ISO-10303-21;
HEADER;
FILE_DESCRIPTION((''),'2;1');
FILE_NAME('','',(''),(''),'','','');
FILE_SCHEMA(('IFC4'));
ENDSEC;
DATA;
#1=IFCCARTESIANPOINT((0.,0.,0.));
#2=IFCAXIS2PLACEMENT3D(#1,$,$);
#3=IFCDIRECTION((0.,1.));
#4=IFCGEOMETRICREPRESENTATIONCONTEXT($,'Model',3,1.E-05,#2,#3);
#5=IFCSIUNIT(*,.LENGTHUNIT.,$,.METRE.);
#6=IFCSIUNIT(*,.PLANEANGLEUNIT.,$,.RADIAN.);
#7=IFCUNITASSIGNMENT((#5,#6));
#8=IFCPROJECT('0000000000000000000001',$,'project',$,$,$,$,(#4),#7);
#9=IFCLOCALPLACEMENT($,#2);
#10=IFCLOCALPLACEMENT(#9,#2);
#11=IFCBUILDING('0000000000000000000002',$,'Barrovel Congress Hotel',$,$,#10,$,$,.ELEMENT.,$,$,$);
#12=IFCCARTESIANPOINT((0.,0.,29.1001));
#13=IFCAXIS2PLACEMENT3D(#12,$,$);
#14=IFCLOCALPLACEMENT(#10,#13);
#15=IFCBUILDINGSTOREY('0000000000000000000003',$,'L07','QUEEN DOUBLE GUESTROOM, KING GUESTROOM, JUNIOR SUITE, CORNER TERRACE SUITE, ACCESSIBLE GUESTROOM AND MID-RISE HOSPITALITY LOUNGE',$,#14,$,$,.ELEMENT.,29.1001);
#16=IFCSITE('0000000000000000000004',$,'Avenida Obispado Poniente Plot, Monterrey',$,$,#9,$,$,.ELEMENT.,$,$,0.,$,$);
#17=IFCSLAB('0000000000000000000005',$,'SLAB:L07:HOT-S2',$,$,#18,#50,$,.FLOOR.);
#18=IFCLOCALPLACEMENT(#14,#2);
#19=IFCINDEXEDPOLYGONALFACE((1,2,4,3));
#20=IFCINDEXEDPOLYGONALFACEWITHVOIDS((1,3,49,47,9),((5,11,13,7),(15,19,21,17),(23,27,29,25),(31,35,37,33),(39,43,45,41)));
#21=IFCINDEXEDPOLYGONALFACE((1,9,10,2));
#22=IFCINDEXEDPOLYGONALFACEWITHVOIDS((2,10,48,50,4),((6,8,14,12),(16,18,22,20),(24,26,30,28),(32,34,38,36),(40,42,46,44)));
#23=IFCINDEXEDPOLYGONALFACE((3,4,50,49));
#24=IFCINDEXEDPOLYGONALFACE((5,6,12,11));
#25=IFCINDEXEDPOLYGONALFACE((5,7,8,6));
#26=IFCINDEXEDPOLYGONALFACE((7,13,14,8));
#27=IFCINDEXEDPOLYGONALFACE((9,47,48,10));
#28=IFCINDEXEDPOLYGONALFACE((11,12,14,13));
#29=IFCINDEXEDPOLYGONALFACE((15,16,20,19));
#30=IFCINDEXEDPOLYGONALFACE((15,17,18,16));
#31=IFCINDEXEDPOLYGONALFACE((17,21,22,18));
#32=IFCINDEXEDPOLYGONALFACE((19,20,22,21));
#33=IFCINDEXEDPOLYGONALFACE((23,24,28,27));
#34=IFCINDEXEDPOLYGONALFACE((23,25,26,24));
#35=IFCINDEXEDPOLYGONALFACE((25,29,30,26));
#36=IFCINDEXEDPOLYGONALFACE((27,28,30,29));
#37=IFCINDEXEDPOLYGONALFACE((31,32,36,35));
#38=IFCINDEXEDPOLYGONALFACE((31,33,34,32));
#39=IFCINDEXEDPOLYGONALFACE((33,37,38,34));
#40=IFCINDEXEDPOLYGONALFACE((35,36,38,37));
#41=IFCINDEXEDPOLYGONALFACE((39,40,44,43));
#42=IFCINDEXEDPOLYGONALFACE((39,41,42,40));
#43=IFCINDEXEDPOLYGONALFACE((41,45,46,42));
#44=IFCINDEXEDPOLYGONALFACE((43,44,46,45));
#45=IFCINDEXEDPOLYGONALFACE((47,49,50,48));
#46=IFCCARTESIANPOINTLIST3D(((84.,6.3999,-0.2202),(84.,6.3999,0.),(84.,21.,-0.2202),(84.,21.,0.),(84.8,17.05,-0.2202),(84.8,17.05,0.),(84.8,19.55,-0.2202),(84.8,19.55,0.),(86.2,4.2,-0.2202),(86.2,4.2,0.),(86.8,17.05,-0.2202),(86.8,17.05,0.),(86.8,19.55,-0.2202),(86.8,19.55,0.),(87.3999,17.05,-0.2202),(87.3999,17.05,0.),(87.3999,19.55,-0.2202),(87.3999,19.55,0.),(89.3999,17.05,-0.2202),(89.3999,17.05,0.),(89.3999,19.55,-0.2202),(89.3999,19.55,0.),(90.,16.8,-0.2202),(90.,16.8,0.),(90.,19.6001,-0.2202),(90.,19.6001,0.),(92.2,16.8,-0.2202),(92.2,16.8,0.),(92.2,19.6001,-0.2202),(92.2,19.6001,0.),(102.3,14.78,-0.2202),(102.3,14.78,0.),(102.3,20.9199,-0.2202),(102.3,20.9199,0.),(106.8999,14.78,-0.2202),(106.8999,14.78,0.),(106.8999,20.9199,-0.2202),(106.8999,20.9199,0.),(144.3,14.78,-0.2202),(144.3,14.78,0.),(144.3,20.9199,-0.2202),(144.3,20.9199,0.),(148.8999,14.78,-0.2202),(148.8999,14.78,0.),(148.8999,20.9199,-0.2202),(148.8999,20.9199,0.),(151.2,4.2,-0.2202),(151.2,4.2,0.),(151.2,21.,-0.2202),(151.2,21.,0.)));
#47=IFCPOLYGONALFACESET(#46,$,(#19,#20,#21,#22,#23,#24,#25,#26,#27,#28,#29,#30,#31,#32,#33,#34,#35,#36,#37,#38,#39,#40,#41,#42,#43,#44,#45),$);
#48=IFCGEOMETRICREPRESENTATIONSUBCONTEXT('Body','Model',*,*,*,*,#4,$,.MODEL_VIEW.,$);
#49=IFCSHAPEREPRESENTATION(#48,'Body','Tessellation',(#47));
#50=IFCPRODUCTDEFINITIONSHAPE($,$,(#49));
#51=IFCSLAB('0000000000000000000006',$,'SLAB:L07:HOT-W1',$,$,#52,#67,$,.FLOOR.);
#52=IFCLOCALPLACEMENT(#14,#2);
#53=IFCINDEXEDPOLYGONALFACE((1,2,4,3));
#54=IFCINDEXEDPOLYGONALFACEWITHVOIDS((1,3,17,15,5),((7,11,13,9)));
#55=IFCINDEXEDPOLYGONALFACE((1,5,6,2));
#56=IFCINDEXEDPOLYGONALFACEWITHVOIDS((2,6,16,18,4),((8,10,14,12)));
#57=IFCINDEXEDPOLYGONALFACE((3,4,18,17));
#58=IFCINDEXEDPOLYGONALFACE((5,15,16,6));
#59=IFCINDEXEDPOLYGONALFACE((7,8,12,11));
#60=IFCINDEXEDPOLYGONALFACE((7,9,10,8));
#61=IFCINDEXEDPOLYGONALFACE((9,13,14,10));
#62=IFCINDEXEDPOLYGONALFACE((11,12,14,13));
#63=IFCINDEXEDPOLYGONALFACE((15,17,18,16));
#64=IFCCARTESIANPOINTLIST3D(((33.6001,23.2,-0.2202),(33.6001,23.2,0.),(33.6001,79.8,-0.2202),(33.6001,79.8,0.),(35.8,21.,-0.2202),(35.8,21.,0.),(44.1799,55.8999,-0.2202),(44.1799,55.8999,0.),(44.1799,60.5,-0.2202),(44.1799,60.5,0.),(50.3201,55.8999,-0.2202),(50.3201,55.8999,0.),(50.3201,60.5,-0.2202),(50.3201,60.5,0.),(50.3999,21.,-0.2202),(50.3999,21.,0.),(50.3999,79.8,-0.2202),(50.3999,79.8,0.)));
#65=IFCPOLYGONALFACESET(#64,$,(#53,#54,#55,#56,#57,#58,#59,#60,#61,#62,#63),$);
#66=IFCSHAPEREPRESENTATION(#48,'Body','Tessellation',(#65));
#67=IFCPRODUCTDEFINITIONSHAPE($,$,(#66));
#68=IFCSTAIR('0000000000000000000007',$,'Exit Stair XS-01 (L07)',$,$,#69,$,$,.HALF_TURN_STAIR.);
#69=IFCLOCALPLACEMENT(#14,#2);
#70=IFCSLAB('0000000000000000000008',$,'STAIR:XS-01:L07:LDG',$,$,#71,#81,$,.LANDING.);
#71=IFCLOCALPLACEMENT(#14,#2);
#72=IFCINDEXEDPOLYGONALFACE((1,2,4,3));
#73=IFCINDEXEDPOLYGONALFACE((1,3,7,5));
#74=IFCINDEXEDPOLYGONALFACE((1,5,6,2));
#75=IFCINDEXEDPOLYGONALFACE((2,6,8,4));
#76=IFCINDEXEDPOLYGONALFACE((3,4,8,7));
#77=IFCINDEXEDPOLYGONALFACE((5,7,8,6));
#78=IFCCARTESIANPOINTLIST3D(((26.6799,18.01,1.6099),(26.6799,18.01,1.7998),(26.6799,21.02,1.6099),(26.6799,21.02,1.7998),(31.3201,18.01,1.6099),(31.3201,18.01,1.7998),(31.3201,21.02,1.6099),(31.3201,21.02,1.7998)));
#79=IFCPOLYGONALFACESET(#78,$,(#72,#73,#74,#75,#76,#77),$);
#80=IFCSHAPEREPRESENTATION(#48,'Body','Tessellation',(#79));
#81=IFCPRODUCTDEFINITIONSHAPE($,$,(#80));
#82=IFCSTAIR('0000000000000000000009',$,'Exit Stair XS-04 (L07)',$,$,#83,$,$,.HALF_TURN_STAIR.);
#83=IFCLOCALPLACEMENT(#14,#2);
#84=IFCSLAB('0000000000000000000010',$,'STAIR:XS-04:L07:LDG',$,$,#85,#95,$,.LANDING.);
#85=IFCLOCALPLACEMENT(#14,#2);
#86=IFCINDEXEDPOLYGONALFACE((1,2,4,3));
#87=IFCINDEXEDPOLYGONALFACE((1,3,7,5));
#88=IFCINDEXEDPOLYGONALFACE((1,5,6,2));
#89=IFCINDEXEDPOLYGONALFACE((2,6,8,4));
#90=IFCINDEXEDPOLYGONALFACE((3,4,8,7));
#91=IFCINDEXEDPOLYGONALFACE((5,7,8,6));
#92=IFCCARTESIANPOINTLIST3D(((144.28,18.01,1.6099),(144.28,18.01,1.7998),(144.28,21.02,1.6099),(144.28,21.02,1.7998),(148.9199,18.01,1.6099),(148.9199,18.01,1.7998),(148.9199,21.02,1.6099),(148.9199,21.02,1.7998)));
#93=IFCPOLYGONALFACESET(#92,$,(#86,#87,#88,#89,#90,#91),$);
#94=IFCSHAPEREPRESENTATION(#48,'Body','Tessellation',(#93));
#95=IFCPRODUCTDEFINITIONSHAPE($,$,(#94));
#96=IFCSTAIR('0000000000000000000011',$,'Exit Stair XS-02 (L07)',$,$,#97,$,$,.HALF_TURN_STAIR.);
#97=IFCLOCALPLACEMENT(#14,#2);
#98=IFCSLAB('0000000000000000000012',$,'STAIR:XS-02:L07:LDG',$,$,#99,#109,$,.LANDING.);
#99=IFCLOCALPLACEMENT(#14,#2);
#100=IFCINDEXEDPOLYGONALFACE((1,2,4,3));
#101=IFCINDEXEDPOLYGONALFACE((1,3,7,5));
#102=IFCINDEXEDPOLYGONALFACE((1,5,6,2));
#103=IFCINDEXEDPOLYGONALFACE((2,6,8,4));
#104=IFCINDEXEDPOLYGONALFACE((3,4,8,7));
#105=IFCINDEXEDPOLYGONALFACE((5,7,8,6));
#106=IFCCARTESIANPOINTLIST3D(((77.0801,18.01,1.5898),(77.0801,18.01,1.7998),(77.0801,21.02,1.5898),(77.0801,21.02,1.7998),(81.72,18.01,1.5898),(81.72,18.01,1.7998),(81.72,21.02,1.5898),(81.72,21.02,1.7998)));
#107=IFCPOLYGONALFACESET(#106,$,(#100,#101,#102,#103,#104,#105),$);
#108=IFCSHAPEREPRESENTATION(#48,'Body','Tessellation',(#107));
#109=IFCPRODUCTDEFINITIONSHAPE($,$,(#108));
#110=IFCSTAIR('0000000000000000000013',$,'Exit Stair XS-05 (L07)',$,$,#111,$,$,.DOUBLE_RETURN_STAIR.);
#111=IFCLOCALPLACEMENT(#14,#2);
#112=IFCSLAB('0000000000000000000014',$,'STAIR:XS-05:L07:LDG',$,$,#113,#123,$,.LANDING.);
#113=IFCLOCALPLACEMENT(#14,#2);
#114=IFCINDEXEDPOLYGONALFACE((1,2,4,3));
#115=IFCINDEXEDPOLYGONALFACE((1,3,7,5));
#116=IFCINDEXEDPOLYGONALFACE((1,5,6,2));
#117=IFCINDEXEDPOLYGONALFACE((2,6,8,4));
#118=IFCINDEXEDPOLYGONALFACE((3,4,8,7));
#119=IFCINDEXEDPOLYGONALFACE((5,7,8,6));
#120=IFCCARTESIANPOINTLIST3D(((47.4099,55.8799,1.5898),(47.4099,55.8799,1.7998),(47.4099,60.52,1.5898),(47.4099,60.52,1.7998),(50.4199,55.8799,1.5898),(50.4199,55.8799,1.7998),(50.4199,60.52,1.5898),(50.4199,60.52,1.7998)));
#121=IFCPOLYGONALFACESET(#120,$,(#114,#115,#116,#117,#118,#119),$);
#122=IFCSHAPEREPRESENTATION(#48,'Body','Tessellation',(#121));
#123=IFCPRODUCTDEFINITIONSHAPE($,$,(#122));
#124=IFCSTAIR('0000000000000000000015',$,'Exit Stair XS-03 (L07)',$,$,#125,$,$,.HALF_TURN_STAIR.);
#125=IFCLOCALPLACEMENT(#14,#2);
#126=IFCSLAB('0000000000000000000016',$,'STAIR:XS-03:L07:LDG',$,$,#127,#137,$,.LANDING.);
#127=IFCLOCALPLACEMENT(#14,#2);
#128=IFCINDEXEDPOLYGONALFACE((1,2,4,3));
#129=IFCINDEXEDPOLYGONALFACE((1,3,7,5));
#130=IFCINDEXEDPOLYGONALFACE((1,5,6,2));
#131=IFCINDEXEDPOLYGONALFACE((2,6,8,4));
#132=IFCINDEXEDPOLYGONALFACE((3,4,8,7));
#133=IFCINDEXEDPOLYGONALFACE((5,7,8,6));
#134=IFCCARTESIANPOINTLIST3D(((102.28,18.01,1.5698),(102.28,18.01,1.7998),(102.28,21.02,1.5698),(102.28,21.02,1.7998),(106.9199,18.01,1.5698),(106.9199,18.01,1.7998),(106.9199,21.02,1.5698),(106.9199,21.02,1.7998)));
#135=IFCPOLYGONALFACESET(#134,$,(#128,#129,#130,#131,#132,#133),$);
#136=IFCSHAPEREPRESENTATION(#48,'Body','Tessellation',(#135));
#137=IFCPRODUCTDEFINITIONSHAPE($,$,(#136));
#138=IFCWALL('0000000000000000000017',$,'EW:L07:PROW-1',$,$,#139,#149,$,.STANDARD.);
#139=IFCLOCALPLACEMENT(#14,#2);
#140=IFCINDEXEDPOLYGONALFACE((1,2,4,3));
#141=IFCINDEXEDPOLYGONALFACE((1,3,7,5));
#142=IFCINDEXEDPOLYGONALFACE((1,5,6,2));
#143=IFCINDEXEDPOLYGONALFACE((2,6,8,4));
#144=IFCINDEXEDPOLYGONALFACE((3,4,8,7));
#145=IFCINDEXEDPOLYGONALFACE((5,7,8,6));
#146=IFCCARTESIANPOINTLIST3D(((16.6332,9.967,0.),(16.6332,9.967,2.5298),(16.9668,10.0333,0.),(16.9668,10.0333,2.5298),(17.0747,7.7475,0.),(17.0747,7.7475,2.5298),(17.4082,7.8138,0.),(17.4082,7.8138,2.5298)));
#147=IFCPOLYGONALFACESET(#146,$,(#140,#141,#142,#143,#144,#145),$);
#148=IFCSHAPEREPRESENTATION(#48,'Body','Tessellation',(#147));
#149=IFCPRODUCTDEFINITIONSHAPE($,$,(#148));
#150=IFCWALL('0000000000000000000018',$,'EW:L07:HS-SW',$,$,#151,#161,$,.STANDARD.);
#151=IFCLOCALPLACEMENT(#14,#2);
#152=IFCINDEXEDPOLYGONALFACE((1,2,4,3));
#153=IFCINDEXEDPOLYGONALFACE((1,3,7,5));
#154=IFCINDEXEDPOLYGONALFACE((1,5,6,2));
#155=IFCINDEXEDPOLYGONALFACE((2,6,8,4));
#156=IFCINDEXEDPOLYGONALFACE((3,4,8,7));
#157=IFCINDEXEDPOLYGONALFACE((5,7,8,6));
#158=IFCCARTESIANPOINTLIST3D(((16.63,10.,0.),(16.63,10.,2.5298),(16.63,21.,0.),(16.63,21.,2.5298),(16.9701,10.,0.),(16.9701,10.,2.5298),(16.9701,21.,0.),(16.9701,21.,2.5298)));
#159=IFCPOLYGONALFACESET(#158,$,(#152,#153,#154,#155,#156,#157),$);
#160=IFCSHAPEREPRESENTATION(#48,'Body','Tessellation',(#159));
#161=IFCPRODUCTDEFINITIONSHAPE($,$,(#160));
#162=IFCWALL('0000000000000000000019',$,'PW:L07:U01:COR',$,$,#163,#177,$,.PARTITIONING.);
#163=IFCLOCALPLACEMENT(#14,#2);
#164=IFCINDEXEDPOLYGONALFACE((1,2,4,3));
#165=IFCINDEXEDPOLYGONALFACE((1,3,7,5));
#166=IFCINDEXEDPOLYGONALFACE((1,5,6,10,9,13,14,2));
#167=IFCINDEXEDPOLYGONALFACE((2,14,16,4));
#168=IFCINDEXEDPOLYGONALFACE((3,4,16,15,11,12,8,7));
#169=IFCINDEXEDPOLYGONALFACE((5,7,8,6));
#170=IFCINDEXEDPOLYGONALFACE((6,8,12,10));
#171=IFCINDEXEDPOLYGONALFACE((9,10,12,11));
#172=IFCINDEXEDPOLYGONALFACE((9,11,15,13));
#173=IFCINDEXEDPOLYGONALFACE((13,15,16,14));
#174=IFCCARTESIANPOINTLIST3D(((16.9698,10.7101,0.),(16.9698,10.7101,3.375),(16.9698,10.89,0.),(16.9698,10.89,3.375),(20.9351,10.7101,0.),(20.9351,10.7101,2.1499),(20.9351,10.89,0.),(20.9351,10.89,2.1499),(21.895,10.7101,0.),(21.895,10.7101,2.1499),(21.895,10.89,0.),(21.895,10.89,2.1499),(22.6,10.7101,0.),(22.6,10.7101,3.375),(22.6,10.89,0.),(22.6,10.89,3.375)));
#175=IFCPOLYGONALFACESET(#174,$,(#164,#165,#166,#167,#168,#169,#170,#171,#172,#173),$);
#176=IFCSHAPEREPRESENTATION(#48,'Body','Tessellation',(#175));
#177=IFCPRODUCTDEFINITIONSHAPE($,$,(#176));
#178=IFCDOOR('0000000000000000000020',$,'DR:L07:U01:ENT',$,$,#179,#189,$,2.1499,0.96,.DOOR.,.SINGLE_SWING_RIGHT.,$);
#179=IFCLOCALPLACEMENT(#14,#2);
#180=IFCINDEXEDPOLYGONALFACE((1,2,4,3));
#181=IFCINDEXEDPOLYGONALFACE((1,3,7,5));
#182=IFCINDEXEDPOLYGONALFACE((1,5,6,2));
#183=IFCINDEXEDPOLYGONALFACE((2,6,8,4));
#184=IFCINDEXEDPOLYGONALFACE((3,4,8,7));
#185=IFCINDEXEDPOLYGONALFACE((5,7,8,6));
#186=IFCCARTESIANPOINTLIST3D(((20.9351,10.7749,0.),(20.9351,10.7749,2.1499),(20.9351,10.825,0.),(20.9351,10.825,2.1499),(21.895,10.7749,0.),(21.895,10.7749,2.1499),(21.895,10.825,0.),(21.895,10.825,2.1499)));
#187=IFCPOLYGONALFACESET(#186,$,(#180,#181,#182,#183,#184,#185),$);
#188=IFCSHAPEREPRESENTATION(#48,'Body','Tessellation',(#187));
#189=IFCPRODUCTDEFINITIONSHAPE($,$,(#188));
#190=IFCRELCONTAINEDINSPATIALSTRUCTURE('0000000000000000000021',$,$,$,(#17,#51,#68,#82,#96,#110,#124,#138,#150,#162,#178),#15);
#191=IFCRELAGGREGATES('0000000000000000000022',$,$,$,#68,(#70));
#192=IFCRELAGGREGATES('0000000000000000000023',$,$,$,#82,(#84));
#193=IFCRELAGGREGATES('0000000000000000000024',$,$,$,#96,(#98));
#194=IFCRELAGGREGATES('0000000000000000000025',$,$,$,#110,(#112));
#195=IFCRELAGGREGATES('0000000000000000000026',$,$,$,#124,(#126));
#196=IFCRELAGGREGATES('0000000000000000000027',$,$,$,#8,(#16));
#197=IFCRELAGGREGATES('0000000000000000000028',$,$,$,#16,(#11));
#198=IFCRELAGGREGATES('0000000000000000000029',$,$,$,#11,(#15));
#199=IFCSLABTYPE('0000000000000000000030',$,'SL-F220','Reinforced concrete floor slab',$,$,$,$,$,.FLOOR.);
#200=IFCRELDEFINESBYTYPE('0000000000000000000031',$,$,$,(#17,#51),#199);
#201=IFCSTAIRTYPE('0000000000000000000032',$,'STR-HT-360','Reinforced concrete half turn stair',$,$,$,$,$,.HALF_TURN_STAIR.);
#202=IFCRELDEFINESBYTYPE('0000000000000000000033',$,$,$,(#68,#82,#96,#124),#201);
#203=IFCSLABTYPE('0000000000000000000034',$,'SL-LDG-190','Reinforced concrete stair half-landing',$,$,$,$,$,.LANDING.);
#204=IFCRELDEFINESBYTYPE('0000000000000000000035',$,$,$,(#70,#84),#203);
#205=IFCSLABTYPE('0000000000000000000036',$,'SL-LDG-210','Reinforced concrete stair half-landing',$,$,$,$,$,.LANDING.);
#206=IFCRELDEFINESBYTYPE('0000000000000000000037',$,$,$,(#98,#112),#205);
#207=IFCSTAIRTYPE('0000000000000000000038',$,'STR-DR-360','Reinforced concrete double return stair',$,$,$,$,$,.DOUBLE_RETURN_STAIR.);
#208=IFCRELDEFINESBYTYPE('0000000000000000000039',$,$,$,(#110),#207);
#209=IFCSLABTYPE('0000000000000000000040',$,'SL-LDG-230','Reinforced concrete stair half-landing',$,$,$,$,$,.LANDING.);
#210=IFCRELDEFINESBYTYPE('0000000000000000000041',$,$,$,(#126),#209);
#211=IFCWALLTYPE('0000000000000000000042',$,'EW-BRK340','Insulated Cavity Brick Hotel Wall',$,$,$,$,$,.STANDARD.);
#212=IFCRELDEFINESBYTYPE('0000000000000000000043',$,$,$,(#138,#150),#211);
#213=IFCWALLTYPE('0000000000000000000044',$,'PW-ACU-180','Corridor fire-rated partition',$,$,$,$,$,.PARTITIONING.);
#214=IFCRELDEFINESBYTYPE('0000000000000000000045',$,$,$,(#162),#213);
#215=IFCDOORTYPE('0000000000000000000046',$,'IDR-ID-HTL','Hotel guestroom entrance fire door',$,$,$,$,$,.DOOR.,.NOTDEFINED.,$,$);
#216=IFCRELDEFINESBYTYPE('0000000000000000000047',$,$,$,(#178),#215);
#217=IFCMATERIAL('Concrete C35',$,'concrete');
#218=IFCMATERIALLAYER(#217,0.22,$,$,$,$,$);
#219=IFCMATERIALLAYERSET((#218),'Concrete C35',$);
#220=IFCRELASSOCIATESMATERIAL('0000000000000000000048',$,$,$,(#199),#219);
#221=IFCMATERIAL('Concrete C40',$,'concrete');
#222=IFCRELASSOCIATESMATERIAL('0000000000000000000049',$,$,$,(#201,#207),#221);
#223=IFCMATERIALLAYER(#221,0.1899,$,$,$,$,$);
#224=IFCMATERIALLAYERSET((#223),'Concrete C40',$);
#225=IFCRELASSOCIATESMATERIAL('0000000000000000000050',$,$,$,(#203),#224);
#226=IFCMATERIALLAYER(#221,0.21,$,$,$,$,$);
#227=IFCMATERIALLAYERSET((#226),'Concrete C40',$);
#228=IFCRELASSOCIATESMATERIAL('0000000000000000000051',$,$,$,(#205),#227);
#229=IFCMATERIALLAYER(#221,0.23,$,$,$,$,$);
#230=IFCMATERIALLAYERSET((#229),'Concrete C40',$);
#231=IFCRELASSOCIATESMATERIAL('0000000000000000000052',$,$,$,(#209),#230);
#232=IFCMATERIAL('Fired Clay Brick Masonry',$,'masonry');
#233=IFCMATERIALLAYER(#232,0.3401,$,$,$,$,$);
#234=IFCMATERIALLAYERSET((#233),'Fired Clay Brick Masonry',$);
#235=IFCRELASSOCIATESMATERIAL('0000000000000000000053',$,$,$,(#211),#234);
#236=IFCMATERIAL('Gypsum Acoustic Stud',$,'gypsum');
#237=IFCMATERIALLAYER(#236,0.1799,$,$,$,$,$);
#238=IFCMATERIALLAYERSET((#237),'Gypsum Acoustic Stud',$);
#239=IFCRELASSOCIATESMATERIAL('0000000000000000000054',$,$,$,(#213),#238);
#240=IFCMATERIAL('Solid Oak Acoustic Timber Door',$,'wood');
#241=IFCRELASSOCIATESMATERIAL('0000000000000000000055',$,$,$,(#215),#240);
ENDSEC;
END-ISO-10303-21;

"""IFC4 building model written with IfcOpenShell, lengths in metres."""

from ifc_helpers import new_model, si_unit, direction, frame, frame_2d, origin, place, context, subcontext, project, spatial, polyline, rectangle, outline, extrude, material, layer, layer_set, type_object, element, fill, aggregate, save


model = new_model("IFC4")

# Units and contexts
model_context = context("Model", 3, precision=1e-05, world=origin(), true_north=direction((0.0, 1.0)))
body_context = subcontext(model_context, "Body", "Model", "MODEL_VIEW")
ifc_project = project(units=[si_unit("LENGTHUNIT", "METRE"), si_unit("PLANEANGLEUNIT", "RADIAN")], contexts=[model_context])

# Site, building, storey
site_placement = place(None, origin())
site = spatial("IfcSite", under=ifc_project, at=site_placement, Name="Avenida Obispado Poniente Plot, Monterrey", CompositionType="ELEMENT", RefElevation=0.0)
building_placement = place(site_placement, origin())
building = spatial("IfcBuilding", under=site, at=building_placement, Name="Barrovel Congress Hotel", CompositionType="ELEMENT")
storey_placement = place(building_placement, frame((0.0, 0.0, 29.1001)))
storey = spatial("IfcBuildingStorey", under=building, at=storey_placement, Name="L07", Description="QUEEN DOUBLE GUESTROOM, KING GUESTROOM, JUNIOR SUITE, CORNER TERRACE SUITE, ACCESSIBLE GUESTROOM AND MID-RISE HOSPITALITY LOUNGE", CompositionType="ELEMENT", Elevation=29.1001)

# Shared definitions
ifc_material_1 = material(Name="Concrete C40", Category="concrete")

# Slabs
ifc_material_2 = material(Name="Concrete C35", Category="concrete")
ifc_layer_1 = layer(ifc_material_2, 0.22)
ifc_layer_set_1 = layer_set([ifc_layer_1], Name="Concrete C35")
slab_type_1 = type_object("IfcSlabType", Name="SL-F220", Description="Reinforced concrete floor slab", PredefinedType="FLOOR", material=ifc_layer_set_1)
slab_1_placement = place(storey_placement, frame((0.0, 0.0, -0.2202)))
element("IfcSlab", 1, at=slab_1_placement, inside=storey, type_object=slab_type_1, Name="SLAB:L07:HOT-S2", PredefinedType="FLOOR", context=body_context, shape_type="SweptSolid", body=[
    extrude(outline(polyline([(86.2, 4.2), (151.2, 4.2), (151.2, 21.0), (84.0, 21.0), (84.0, 6.3999), (86.2, 4.2)]), holes=[polyline([(102.3, 14.78), (102.3, 20.9199), (106.8999, 20.9199), (106.8999, 14.78), (102.3, 14.78)]), polyline([(144.3, 14.78), (144.3, 20.9199), (148.8999, 20.9199), (148.8999, 14.78), (144.3, 14.78)]), polyline([(84.8, 17.05), (84.8, 19.55), (86.8, 19.55), (86.8, 17.05), (84.8, 17.05)]), polyline([(87.3999, 17.05), (87.3999, 19.55), (89.3999, 19.55), (89.3999, 17.05), (87.3999, 17.05)]), polyline([(90.0, 16.8), (90.0, 19.6001), (92.2, 19.6001), (92.2, 16.8), (90.0, 16.8)])]), origin(), (0.0, 0.0, 1.0), 0.2202),
])
slab_2_placement = place(storey_placement, frame((0.0, 0.0, -0.2202)))
element("IfcSlab", 2, at=slab_2_placement, inside=storey, type_object=slab_type_1, Name="SLAB:L07:HOT-W1", PredefinedType="FLOOR", context=body_context, shape_type="SweptSolid", body=[
    extrude(outline(polyline([(35.8, 21.0), (50.3999, 21.0), (50.3999, 79.8), (33.6001, 79.8), (33.6001, 23.2), (35.8, 21.0)]), holes=[polyline([(44.1799, 55.8999), (44.1799, 60.5), (50.3201, 60.5), (50.3201, 55.8999), (44.1799, 55.8999)])]), origin(), (0.0, 0.0, 1.0), 0.2202),
])

# Stairs, slabs
stair_type_1 = type_object("IfcStairType", Name="STR-HT-360", Description="Reinforced concrete half turn stair", PredefinedType="HALF_TURN_STAIR", material=ifc_material_1)
stair_1_placement = place(storey_placement, origin())
stair_1 = element("IfcStair", 3, at=stair_1_placement, inside=storey, type_object=stair_type_1, Name="Exit Stair XS-01 (L07)", PredefinedType="HALF_TURN_STAIR")
ifc_layer_2 = layer(ifc_material_1, 0.1899)
ifc_layer_set_2 = layer_set([ifc_layer_2], Name="Concrete C40")
slab_type_2 = type_object("IfcSlabType", Name="SL-LDG-190", Description="Reinforced concrete stair half-landing", PredefinedType="LANDING", material=ifc_layer_set_2)
slab_3_placement = place(storey_placement, frame((0.0, 0.0, 1.6099)))
slab_3 = element("IfcSlab", 4, at=slab_3_placement, type_object=slab_type_2, Name="STAIR:XS-01:L07:LDG", PredefinedType="LANDING", context=body_context, shape_type="SweptSolid", body=[
    extrude(outline(polyline([(26.6799, 18.01), (31.3201, 18.01), (31.3201, 21.02), (26.6799, 21.02), (26.6799, 18.01)])), origin(), (0.0, 0.0, 1.0), 0.1899),
])
aggregate(stair_1, [slab_3])
stair_2_placement = place(storey_placement, origin())
stair_2 = element("IfcStair", 5, at=stair_2_placement, inside=storey, type_object=stair_type_1, Name="Exit Stair XS-04 (L07)", PredefinedType="HALF_TURN_STAIR")
slab_4_placement = place(storey_placement, frame((0.0, 0.0, 1.6099)))
slab_4 = element("IfcSlab", 6, at=slab_4_placement, type_object=slab_type_2, Name="STAIR:XS-04:L07:LDG", PredefinedType="LANDING", context=body_context, shape_type="SweptSolid", body=[
    extrude(outline(polyline([(144.28, 18.01), (148.9199, 18.01), (148.9199, 21.02), (144.28, 21.02), (144.28, 18.01)])), origin(), (0.0, 0.0, 1.0), 0.1899),
])
aggregate(stair_2, [slab_4])
stair_3_placement = place(storey_placement, origin())
stair_3 = element("IfcStair", 7, at=stair_3_placement, inside=storey, type_object=stair_type_1, Name="Exit Stair XS-02 (L07)", PredefinedType="HALF_TURN_STAIR")
ifc_layer_3 = layer(ifc_material_1, 0.21)
ifc_layer_set_3 = layer_set([ifc_layer_3], Name="Concrete C40")
slab_type_3 = type_object("IfcSlabType", Name="SL-LDG-210", Description="Reinforced concrete stair half-landing", PredefinedType="LANDING", material=ifc_layer_set_3)
slab_5_placement = place(storey_placement, frame((0.0, 0.0, 1.5898)))
slab_5 = element("IfcSlab", 8, at=slab_5_placement, type_object=slab_type_3, Name="STAIR:XS-02:L07:LDG", PredefinedType="LANDING", context=body_context, shape_type="SweptSolid", body=[
    extrude(outline(polyline([(77.0801, 18.01), (81.72, 18.01), (81.72, 21.02), (77.0801, 21.02), (77.0801, 18.01)])), origin(), (0.0, 0.0, 1.0), 0.21),
])
aggregate(stair_3, [slab_5])
stair_type_2 = type_object("IfcStairType", Name="STR-DR-360", Description="Reinforced concrete double return stair", PredefinedType="DOUBLE_RETURN_STAIR", material=ifc_material_1)
stair_4_placement = place(storey_placement, origin())
stair_4 = element("IfcStair", 9, at=stair_4_placement, inside=storey, type_object=stair_type_2, Name="Exit Stair XS-05 (L07)", PredefinedType="DOUBLE_RETURN_STAIR")
slab_6_placement = place(storey_placement, frame((0.0, 0.0, 1.5898)))
slab_6 = element("IfcSlab", 10, at=slab_6_placement, type_object=slab_type_3, Name="STAIR:XS-05:L07:LDG", PredefinedType="LANDING", context=body_context, shape_type="SweptSolid", body=[
    extrude(outline(polyline([(47.4099, 55.8799), (50.4199, 55.8799), (50.4199, 60.52), (47.4099, 60.52), (47.4099, 55.8799)])), origin(), (0.0, 0.0, 1.0), 0.21),
])
aggregate(stair_4, [slab_6])
stair_5_placement = place(storey_placement, origin())
stair_5 = element("IfcStair", 11, at=stair_5_placement, inside=storey, type_object=stair_type_1, Name="Exit Stair XS-03 (L07)", PredefinedType="HALF_TURN_STAIR")
ifc_layer_4 = layer(ifc_material_1, 0.23)
ifc_layer_set_4 = layer_set([ifc_layer_4], Name="Concrete C40")
slab_type_4 = type_object("IfcSlabType", Name="SL-LDG-230", Description="Reinforced concrete stair half-landing", PredefinedType="LANDING", material=ifc_layer_set_4)
slab_7_placement = place(storey_placement, frame((0.0, 0.0, 1.5698)))
slab_7 = element("IfcSlab", 12, at=slab_7_placement, type_object=slab_type_4, Name="STAIR:XS-03:L07:LDG", PredefinedType="LANDING", context=body_context, shape_type="SweptSolid", body=[
    extrude(outline(polyline([(102.28, 18.01), (106.9199, 18.01), (106.9199, 21.02), (102.28, 21.02), (102.28, 18.01)])), origin(), (0.0, 0.0, 1.0), 0.23),
])
aggregate(stair_5, [slab_7])

# Walls
ifc_material_3 = material(Name="Fired Clay Brick Masonry", Category="masonry")
ifc_layer_5 = layer(ifc_material_3, 0.3401)
ifc_layer_set_5 = layer_set([ifc_layer_5], Name="Fired Clay Brick Masonry")
wall_type_1 = type_object("IfcWallType", Name="EW-BRK340", Description="Insulated Cavity Brick Hotel Wall", PredefinedType="STANDARD", material=ifc_layer_set_5)
wall_1_placement = place(storey_placement, frame((16.8, 10.0, 0.0), z_axis=(0.0, 0.0, 1.0), x_axis=(0.195058, -0.980792, 0.0)))
element("IfcWall", 13, at=wall_1_placement, inside=storey, type_object=wall_type_1, Name="EW:L07:PROW-1", PredefinedType="STANDARD", context=body_context, shape_type="SweptSolid", body=[
    extrude(rectangle(XDim=2.2629, YDim=0.3401, at=frame_2d((1.1313, 0.0))), origin(), (0.0, 0.0, 1.0), 2.5298),
])
wall_2_placement = place(storey_placement, frame((16.8, 21.0, 0.0), z_axis=(0.0, 0.0, 1.0), x_axis=(0.0, -1.0, 0.0)))
element("IfcWall", 14, at=wall_2_placement, inside=storey, type_object=wall_type_1, Name="EW:L07:HS-SW", PredefinedType="STANDARD", context=body_context, shape_type="SweptSolid", body=[
    extrude(rectangle(XDim=11.0, YDim=0.3401, at=frame_2d((5.5, 0.0))), origin(), (0.0, 0.0, 1.0), 2.5298),
])

# Wall, opening, door
ifc_material_4 = material(Name="Gypsum Acoustic Stud", Category="gypsum")
ifc_layer_6 = layer(ifc_material_4, 0.1799)
ifc_layer_set_6 = layer_set([ifc_layer_6], Name="Gypsum Acoustic Stud")
wall_type_2 = type_object("IfcWallType", Name="PW-ACU-180", Description="Corridor fire-rated partition", PredefinedType="PARTITIONING", material=ifc_layer_set_6)
wall_3_placement = place(storey_placement, frame((16.97, 10.8, 0.0), z_axis=(0.0, 0.0, 1.0), x_axis=(1.0, 0.0, 0.0)))
wall_3 = element("IfcWall", 15, at=wall_3_placement, inside=storey, type_object=wall_type_2, Name="PW:L07:U01:COR", PredefinedType="PARTITIONING", context=body_context, shape_type="SweptSolid", body=[
    extrude(rectangle(XDim=5.6301, YDim=0.1799, at=frame_2d((2.8149, 0.0))), origin(), (0.0, 0.0, 1.0), 3.375),
])
opening_1_placement = place(wall_3_placement, frame((3.9651, 0.0, 0.0)))
opening_1 = element("IfcOpeningElement", 16, at=opening_1_placement, cuts=wall_3, PredefinedType="OPENING", context=body_context, shape_type="SweptSolid", body=[
    extrude(rectangle(XDim=0.96, YDim=2.1499, at=frame_2d((0.48, 1.075))), frame((0.0, 0.1001, 0.0), z_axis=(0.0, -1.0, 0.0), x_axis=(1.0, 0.0, 0.0)), (0.0, 0.0, 1.0), 0.2),
])
ifc_material_5 = material(Name="Solid Oak Acoustic Timber Door", Category="wood")
door_type_1 = type_object("IfcDoorType", Name="IDR-ID-HTL", Description="Hotel guestroom entrance fire door", OperationType="NOTDEFINED", PredefinedType="DOOR", material=ifc_material_5)
door_1_placement = place(opening_1_placement, origin())
door_1 = element("IfcDoor", 17, at=door_1_placement, inside=storey, type_object=door_type_1, Name="DR:L07:U01:ENT", OperationType="SINGLE_SWING_RIGHT", OverallHeight=2.1499, OverallWidth=0.96, PredefinedType="DOOR", context=body_context, shape_type="SweptSolid", body=[
    extrude(rectangle(XDim=0.96, YDim=2.1499, at=frame_2d((0.48, 1.075))), frame((0.0, 0.0249, 0.0), z_axis=(0.0, -1.0, 0.0), x_axis=(1.0, 0.0, 0.0)), (0.0, 0.0, 1.0), 0.05),
])
fill(opening_1, door_1)

save(model, "model.ifc")
